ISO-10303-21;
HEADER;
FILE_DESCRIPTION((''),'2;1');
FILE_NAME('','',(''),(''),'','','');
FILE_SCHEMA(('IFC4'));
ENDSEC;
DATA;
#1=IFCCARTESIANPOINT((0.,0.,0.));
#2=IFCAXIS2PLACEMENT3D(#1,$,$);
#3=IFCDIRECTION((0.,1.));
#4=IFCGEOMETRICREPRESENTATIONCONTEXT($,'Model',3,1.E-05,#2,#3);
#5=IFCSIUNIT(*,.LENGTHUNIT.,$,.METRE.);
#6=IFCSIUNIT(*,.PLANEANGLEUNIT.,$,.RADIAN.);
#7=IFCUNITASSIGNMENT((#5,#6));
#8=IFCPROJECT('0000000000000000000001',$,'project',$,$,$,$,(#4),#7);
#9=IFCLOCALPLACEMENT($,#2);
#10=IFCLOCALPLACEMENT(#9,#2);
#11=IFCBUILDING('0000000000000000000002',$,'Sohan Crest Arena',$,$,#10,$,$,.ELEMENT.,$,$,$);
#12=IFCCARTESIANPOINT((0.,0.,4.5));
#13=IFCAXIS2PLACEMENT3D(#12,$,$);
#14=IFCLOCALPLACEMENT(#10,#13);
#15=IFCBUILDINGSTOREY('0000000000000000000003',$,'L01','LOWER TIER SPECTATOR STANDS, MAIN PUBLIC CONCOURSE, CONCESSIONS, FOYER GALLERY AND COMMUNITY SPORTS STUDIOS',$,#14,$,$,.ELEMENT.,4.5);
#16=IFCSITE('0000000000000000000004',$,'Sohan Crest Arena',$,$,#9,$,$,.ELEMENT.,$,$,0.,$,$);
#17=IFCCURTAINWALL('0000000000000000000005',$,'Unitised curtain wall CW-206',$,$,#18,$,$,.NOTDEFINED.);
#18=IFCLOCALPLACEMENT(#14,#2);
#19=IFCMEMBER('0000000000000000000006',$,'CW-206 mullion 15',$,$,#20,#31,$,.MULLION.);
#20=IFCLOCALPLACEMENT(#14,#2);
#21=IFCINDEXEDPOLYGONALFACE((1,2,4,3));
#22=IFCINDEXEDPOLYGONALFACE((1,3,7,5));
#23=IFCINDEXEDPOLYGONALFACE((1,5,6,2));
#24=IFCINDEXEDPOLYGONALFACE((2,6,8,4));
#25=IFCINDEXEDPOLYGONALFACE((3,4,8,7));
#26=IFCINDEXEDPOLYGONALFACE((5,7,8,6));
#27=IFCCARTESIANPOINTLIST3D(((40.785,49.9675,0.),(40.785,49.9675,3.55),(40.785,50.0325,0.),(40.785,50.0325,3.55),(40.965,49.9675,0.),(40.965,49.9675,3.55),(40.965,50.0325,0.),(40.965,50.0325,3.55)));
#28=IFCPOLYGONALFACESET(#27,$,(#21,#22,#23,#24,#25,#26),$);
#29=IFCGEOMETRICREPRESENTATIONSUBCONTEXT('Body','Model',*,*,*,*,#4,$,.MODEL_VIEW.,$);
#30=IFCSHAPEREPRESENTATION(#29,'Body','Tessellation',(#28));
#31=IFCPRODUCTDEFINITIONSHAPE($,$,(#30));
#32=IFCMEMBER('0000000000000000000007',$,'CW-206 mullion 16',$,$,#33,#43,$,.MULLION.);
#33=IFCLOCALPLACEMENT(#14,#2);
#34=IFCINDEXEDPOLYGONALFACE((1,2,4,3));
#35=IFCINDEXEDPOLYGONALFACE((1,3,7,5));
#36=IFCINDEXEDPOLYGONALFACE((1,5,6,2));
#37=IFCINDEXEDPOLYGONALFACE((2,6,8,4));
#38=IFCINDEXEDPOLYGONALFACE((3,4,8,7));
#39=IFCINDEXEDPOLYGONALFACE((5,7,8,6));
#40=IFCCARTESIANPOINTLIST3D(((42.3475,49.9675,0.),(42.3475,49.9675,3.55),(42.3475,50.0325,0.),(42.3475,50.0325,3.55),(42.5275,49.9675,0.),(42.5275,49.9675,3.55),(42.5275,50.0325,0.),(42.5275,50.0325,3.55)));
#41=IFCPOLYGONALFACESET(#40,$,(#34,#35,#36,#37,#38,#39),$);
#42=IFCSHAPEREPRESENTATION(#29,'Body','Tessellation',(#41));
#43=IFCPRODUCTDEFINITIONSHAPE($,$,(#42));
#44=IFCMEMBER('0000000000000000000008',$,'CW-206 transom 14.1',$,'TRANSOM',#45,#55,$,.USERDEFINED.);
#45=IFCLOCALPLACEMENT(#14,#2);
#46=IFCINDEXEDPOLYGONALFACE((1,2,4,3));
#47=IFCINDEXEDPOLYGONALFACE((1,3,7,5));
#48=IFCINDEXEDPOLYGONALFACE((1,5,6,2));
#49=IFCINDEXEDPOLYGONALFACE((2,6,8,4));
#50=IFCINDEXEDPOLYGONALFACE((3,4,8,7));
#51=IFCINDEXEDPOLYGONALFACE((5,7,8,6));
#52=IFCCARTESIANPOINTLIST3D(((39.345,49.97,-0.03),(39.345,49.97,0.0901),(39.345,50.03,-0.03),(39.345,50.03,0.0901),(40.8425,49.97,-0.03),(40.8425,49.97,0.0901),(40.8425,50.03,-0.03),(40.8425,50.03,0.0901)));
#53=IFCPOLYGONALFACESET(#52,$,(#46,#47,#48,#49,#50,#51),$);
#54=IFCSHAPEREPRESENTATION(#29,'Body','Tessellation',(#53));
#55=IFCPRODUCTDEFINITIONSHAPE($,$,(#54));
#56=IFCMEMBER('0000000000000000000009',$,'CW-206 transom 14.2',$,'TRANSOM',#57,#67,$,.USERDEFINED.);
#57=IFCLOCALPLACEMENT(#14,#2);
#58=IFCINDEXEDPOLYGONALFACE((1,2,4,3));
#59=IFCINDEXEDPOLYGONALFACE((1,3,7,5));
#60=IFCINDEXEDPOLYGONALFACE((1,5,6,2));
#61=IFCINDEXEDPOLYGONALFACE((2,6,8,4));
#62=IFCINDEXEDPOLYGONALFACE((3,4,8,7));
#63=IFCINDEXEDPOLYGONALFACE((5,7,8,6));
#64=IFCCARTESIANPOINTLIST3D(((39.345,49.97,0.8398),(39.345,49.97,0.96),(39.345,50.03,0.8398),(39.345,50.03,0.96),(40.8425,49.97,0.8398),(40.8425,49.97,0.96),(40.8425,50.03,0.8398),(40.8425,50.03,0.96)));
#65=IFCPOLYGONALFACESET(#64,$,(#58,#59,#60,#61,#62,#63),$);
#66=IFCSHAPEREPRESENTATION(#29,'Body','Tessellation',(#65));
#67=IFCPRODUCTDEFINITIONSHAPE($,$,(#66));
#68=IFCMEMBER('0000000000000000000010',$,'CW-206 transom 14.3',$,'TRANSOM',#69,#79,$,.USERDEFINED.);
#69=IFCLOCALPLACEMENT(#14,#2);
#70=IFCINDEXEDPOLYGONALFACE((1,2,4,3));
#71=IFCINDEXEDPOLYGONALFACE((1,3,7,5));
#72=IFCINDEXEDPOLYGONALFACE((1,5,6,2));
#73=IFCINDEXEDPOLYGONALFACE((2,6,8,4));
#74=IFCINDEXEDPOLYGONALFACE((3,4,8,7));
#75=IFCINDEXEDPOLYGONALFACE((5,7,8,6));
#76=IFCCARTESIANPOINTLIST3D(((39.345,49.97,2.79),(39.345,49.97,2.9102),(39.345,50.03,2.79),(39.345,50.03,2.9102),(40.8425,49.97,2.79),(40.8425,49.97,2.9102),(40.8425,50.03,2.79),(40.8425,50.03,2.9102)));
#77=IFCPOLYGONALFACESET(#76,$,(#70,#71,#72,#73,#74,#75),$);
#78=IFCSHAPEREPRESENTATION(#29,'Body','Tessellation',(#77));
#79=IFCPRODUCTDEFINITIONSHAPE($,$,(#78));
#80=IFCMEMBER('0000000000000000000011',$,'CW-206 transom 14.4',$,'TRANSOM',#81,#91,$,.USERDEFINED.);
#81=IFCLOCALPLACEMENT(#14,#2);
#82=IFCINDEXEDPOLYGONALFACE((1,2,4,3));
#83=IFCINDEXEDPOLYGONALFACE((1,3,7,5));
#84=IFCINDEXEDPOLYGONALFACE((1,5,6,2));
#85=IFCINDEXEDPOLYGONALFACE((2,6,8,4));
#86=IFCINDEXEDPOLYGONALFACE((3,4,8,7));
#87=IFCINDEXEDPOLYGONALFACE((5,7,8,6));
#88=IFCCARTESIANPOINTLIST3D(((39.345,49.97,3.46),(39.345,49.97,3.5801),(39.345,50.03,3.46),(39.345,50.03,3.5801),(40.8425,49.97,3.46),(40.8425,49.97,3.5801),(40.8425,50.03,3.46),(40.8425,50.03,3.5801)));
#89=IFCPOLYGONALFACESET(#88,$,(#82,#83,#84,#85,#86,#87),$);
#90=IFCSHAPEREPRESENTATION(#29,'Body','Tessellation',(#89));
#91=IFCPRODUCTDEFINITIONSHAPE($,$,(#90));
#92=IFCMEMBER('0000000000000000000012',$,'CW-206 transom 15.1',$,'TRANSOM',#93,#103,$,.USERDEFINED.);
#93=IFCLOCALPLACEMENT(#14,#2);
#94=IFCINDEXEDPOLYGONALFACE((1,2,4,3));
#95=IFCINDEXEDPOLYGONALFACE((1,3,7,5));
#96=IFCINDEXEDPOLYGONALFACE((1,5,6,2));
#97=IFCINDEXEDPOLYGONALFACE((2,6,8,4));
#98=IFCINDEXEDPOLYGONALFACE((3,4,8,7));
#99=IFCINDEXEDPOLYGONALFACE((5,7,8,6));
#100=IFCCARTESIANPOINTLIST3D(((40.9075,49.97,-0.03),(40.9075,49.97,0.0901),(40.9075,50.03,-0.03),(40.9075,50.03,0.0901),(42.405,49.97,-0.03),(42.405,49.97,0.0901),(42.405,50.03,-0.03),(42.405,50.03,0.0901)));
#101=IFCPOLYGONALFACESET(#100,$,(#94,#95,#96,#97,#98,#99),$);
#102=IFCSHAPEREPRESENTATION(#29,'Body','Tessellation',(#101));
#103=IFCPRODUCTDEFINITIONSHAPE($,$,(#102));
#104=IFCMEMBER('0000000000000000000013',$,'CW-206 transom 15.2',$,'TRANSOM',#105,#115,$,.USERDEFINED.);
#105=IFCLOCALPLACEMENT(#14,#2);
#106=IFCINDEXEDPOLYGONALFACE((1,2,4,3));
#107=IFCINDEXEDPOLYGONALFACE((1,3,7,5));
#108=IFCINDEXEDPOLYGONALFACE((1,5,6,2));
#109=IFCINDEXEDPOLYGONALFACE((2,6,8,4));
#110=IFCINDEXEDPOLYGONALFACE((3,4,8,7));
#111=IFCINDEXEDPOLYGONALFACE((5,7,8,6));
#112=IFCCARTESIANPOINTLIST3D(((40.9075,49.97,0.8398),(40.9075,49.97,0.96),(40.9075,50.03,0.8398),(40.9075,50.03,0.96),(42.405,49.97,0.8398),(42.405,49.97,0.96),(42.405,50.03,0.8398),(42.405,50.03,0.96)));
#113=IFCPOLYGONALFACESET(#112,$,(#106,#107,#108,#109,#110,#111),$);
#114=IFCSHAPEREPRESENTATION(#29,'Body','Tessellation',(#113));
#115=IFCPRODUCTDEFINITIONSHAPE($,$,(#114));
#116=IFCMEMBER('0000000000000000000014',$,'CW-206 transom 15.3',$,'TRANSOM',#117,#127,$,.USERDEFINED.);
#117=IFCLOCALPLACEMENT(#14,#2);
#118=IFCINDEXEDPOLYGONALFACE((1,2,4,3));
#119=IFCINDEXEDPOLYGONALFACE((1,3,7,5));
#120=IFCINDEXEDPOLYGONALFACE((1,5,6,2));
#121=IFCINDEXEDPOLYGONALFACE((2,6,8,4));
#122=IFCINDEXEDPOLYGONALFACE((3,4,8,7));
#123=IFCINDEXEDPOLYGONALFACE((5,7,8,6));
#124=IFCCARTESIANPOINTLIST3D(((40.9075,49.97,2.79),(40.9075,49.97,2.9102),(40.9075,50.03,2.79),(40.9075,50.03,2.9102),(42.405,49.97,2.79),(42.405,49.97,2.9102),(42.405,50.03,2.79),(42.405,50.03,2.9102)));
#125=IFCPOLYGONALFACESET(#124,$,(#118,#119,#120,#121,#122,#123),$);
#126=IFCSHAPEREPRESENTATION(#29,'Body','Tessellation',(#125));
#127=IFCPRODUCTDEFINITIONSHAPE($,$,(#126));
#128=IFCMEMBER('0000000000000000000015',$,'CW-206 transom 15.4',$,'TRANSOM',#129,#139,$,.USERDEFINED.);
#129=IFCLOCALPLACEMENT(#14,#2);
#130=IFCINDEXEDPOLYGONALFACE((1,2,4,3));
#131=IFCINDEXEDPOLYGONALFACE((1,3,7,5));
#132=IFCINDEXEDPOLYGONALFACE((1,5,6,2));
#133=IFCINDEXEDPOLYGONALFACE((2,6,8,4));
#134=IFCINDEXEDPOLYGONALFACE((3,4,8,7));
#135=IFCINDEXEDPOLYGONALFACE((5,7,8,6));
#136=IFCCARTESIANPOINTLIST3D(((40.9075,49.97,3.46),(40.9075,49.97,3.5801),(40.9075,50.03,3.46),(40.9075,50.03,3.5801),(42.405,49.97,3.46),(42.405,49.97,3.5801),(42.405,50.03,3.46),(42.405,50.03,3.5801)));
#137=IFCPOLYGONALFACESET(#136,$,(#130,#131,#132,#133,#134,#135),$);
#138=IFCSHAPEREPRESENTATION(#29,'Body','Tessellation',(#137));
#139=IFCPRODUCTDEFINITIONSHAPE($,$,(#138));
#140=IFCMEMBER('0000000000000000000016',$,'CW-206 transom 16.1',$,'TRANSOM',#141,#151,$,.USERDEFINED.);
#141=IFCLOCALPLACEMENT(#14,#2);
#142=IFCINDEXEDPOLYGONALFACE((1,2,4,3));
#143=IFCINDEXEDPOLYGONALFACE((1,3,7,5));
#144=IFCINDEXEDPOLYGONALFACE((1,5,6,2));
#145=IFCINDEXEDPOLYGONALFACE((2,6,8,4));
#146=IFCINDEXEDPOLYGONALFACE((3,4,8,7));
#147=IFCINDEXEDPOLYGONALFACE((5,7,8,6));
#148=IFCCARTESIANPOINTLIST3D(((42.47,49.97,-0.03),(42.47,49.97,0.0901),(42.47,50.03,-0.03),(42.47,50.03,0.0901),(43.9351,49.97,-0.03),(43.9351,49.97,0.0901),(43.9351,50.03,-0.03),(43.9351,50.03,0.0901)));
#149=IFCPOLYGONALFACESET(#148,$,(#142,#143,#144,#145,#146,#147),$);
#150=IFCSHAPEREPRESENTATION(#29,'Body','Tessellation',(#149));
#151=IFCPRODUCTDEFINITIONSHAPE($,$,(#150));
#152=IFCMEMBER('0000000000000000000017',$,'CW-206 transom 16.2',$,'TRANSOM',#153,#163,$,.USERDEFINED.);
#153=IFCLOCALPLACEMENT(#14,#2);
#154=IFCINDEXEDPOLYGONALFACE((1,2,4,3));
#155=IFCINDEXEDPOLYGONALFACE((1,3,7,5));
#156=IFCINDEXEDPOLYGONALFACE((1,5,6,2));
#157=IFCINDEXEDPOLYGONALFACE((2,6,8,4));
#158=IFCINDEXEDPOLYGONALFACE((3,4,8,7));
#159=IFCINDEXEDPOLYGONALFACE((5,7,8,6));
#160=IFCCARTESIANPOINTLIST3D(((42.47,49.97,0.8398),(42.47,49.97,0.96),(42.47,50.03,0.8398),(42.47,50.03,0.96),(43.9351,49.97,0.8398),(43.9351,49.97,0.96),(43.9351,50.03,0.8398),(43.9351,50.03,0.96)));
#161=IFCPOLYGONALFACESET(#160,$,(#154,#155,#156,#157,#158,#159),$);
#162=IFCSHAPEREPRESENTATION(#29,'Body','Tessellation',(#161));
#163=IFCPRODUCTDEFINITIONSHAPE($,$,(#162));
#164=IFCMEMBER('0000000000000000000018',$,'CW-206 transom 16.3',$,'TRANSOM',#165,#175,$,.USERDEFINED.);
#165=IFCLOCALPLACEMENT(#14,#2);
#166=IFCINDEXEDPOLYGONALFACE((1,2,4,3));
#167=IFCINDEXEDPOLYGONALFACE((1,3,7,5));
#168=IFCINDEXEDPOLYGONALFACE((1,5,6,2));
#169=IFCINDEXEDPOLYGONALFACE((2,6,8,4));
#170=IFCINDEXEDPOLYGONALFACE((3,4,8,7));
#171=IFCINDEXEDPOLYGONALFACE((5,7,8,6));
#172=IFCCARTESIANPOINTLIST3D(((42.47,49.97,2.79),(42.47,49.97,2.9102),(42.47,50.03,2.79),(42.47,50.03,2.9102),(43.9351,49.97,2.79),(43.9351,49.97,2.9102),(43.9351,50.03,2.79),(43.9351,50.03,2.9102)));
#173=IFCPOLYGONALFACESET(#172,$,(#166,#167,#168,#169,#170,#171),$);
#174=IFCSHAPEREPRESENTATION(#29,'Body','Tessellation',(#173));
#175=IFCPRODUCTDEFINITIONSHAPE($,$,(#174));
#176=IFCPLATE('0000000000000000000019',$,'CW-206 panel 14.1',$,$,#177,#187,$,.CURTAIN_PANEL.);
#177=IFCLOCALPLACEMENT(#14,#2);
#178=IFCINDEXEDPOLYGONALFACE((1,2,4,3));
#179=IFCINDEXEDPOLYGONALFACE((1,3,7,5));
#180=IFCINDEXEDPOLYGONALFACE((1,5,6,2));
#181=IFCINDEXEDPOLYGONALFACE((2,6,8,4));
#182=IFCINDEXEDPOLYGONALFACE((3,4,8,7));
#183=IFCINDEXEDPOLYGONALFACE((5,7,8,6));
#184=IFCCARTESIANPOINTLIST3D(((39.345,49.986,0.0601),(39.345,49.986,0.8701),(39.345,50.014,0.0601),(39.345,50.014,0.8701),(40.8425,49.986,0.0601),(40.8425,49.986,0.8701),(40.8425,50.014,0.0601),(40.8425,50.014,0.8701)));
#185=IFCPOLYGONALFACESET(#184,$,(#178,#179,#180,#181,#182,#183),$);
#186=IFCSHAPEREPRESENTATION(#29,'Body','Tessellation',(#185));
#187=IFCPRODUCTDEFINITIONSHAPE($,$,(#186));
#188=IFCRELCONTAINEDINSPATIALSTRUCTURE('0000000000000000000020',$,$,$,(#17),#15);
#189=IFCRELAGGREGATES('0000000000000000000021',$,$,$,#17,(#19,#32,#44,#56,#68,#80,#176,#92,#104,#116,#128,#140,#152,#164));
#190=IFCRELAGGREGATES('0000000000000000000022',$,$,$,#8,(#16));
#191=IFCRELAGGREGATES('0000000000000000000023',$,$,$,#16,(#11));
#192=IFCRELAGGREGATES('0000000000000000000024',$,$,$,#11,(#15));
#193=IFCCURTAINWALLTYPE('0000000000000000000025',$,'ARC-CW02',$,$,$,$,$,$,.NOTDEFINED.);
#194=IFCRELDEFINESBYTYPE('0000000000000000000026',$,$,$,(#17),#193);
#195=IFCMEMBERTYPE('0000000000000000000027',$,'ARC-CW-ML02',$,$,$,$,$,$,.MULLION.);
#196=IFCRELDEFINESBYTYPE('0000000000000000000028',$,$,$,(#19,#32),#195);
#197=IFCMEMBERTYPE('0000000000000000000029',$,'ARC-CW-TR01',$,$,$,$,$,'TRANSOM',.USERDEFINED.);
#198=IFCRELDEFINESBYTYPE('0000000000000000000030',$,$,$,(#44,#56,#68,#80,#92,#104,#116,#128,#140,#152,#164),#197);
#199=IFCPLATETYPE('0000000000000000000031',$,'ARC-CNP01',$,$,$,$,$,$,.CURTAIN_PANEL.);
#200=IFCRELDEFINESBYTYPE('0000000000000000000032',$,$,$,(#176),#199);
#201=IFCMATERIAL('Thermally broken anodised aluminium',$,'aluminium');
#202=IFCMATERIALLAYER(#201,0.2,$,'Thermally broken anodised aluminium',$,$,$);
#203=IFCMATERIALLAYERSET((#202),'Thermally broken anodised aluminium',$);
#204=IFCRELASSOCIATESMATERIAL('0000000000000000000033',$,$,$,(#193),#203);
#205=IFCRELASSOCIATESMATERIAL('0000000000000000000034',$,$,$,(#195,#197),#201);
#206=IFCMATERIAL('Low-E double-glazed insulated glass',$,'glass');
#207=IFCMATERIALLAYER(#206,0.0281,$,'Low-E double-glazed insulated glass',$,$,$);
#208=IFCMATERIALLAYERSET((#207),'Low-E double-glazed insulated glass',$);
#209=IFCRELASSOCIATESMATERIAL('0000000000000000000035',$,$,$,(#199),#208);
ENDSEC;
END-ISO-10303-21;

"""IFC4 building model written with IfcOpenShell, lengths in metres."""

from ifc_helpers import new_model, si_unit, direction, frame, origin, origin_2d, place, context, subcontext, project, spatial, rectangle, extrude, material, layer, layer_set, material_profile, profile_set, type_object, element, aggregate, save


model = new_model("IFC4")

# Units and contexts
model_context = context("Model", 3, precision=1e-05, world=origin(), true_north=direction((0.0, 1.0)))
body_context = subcontext(model_context, "Body", "Model", "MODEL_VIEW")
ifc_project = project(units=[si_unit("LENGTHUNIT", "METRE"), si_unit("PLANEANGLEUNIT", "RADIAN")], contexts=[model_context])

# Site, building, storey
site_placement = place(None, origin())
site = spatial("IfcSite", under=ifc_project, at=site_placement, Name="Sohan Crest Arena", CompositionType="ELEMENT", RefElevation=0.0)
building_placement = place(site_placement, origin())
building = spatial("IfcBuilding", under=site, at=building_placement, Name="Sohan Crest Arena", CompositionType="ELEMENT")
storey_placement = place(building_placement, frame((0.0, 0.0, 4.5)))
storey = spatial("IfcBuildingStorey", under=building, at=storey_placement, Name="L01", Description="LOWER TIER SPECTATOR STANDS, MAIN PUBLIC CONCOURSE, CONCESSIONS, FOYER GALLERY AND COMMUNITY SPORTS STUDIOS", CompositionType="ELEMENT", Elevation=4.5)

# Curtain wall, members, plate
ifc_material_1 = material(Name="Thermally broken anodised aluminium", Category="aluminium")
ifc_layer_1 = layer(ifc_material_1, 0.2, Name="Thermally broken anodised aluminium")
ifc_layer_set_1 = layer_set([ifc_layer_1], Name="Thermally broken anodised aluminium")
curtain_wall_type = type_object("IfcCurtainWallType", Name="ARC-CW02", PredefinedType="NOTDEFINED", material=ifc_layer_set_1)
curtain_wall_placement = place(storey_placement, origin())
curtain_wall = element("IfcCurtainWall", 1, at=curtain_wall_placement, inside=storey, type_object=curtain_wall_type, Name="Unitised curtain wall CW-206", PredefinedType="NOTDEFINED")
ifc_material_profile_1 = material_profile(ifc_material_1, rectangle(XDim=0.0649, YDim=0.1799, at=origin_2d()), Name="ALU-MULL 65x180")
ifc_profile_set_1 = profile_set([ifc_material_profile_1], Name="Thermally broken anodised aluminium")
member_type_1 = type_object("IfcMemberType", Name="ARC-CW-ML02", PredefinedType="MULLION", material=ifc_profile_set_1)
member_1_placement = place(storey_placement, frame((40.875, 50.0, 0.0), z_axis=(0.0, 0.0, 1.0), x_axis=(0.0, 1.0, 0.0)))
member_1 = element("IfcMember", 2, at=member_1_placement, type_object=member_type_1, Name="CW-206 mullion 15", PredefinedType="MULLION", context=body_context, shape_type="SweptSolid", body=[
    extrude(rectangle(XDim=0.0649, YDim=0.1799, at=origin_2d()), origin(), (0.0, 0.0, 1.0), 3.55),
])
member_2_placement = place(storey_placement, frame((42.4375, 50.0, 0.0), z_axis=(0.0, 0.0, 1.0), x_axis=(0.0, 1.0, 0.0)))
member_2 = element("IfcMember", 3, at=member_2_placement, type_object=member_type_1, Name="CW-206 mullion 16", PredefinedType="MULLION", context=body_context, shape_type="SweptSolid", body=[
    extrude(rectangle(XDim=0.0649, YDim=0.1799, at=origin_2d()), origin(), (0.0, 0.0, 1.0), 3.55),
])
ifc_material_profile_2 = material_profile(ifc_material_1, rectangle(XDim=0.0601, YDim=0.1201, at=origin_2d()), Name="ALU-TRAN 60x120")
ifc_profile_set_2 = profile_set([ifc_material_profile_2], Name="Thermally broken anodised aluminium")
member_type_2 = type_object("IfcMemberType", Name="ARC-CW-TR01", ElementType="TRANSOM", PredefinedType="USERDEFINED", material=ifc_profile_set_2)
member_3_placement = place(storey_placement, frame((39.345, 50.0, 0.03), z_axis=(1.0, 0.0, 0.0), x_axis=(0.0, 1.0, 0.0)))
member_3 = element("IfcMember", 4, at=member_3_placement, type_object=member_type_2, Name="CW-206 transom 14.1", ObjectType="TRANSOM", PredefinedType="USERDEFINED", context=body_context, shape_type="SweptSolid", body=[
    extrude(rectangle(XDim=0.0601, YDim=0.1201, at=origin_2d()), origin(), (0.0, 0.0, 1.0), 1.4976),
])
member_4_placement = place(storey_placement, frame((39.345, 50.0, 0.8999), z_axis=(1.0, 0.0, 0.0), x_axis=(0.0, 1.0, 0.0)))
member_4 = element("IfcMember", 5, at=member_4_placement, type_object=member_type_2, Name="CW-206 transom 14.2", ObjectType="TRANSOM", PredefinedType="USERDEFINED", context=body_context, shape_type="SweptSolid", body=[
    extrude(rectangle(XDim=0.0601, YDim=0.1201, at=origin_2d()), origin(), (0.0, 0.0, 1.0), 1.4976),
])
member_5_placement = place(storey_placement, frame((39.345, 50.0, 2.8501), z_axis=(1.0, 0.0, 0.0), x_axis=(0.0, 1.0, 0.0)))
member_5 = element("IfcMember", 6, at=member_5_placement, type_object=member_type_2, Name="CW-206 transom 14.3", ObjectType="TRANSOM", PredefinedType="USERDEFINED", context=body_context, shape_type="SweptSolid", body=[
    extrude(rectangle(XDim=0.0601, YDim=0.1201, at=origin_2d()), origin(), (0.0, 0.0, 1.0), 1.4976),
])
member_6_placement = place(storey_placement, frame((39.345, 50.0, 3.52), z_axis=(1.0, 0.0, 0.0), x_axis=(0.0, 1.0, 0.0)))
member_6 = element("IfcMember", 7, at=member_6_placement, type_object=member_type_2, Name="CW-206 transom 14.4", ObjectType="TRANSOM", PredefinedType="USERDEFINED", context=body_context, shape_type="SweptSolid", body=[
    extrude(rectangle(XDim=0.0601, YDim=0.1201, at=origin_2d()), origin(), (0.0, 0.0, 1.0), 1.4976),
])
member_7_placement = place(storey_placement, frame((40.9075, 50.0, 0.03), z_axis=(1.0, 0.0, 0.0), x_axis=(0.0, 1.0, 0.0)))
member_7 = element("IfcMember", 8, at=member_7_placement, type_object=member_type_2, Name="CW-206 transom 15.1", ObjectType="TRANSOM", PredefinedType="USERDEFINED", context=body_context, shape_type="SweptSolid", body=[
    extrude(rectangle(XDim=0.0601, YDim=0.1201, at=origin_2d()), origin(), (0.0, 0.0, 1.0), 1.4976),
])
member_8_placement = place(storey_placement, frame((40.9075, 50.0, 0.8999), z_axis=(1.0, 0.0, 0.0), x_axis=(0.0, 1.0, 0.0)))
member_8 = element("IfcMember", 9, at=member_8_placement, type_object=member_type_2, Name="CW-206 transom 15.2", ObjectType="TRANSOM", PredefinedType="USERDEFINED", context=body_context, shape_type="SweptSolid", body=[
    extrude(rectangle(XDim=0.0601, YDim=0.1201, at=origin_2d()), origin(), (0.0, 0.0, 1.0), 1.4976),
])
member_9_placement = place(storey_placement, frame((40.9075, 50.0, 2.8501), z_axis=(1.0, 0.0, 0.0), x_axis=(0.0, 1.0, 0.0)))
member_9 = element("IfcMember", 10, at=member_9_placement, type_object=member_type_2, Name="CW-206 transom 15.3", ObjectType="TRANSOM", PredefinedType="USERDEFINED", context=body_context, shape_type="SweptSolid", body=[
    extrude(rectangle(XDim=0.0601, YDim=0.1201, at=origin_2d()), origin(), (0.0, 0.0, 1.0), 1.4976),
])
member_10_placement = place(storey_placement, frame((40.9075, 50.0, 3.52), z_axis=(1.0, 0.0, 0.0), x_axis=(0.0, 1.0, 0.0)))
member_10 = element("IfcMember", 11, at=member_10_placement, type_object=member_type_2, Name="CW-206 transom 15.4", ObjectType="TRANSOM", PredefinedType="USERDEFINED", context=body_context, shape_type="SweptSolid", body=[
    extrude(rectangle(XDim=0.0601, YDim=0.1201, at=origin_2d()), origin(), (0.0, 0.0, 1.0), 1.4976),
])
member_11_placement = place(storey_placement, frame((42.47, 50.0, 0.03), z_axis=(1.0, 0.0, 0.0), x_axis=(0.0, 1.0, 0.0)))
member_11 = element("IfcMember", 12, at=member_11_placement, type_object=member_type_2, Name="CW-206 transom 16.1", ObjectType="TRANSOM", PredefinedType="USERDEFINED", context=body_context, shape_type="SweptSolid", body=[
    extrude(rectangle(XDim=0.0601, YDim=0.1201, at=origin_2d()), origin(), (0.0, 0.0, 1.0), 1.4651),
])
member_12_placement = place(storey_placement, frame((42.47, 50.0, 0.8999), z_axis=(1.0, 0.0, 0.0), x_axis=(0.0, 1.0, 0.0)))
member_12 = element("IfcMember", 13, at=member_12_placement, type_object=member_type_2, Name="CW-206 transom 16.2", ObjectType="TRANSOM", PredefinedType="USERDEFINED", context=body_context, shape_type="SweptSolid", body=[
    extrude(rectangle(XDim=0.0601, YDim=0.1201, at=origin_2d()), origin(), (0.0, 0.0, 1.0), 1.4651),
])
member_13_placement = place(storey_placement, frame((42.47, 50.0, 2.8501), z_axis=(1.0, 0.0, 0.0), x_axis=(0.0, 1.0, 0.0)))
member_13 = element("IfcMember", 14, at=member_13_placement, type_object=member_type_2, Name="CW-206 transom 16.3", ObjectType="TRANSOM", PredefinedType="USERDEFINED", context=body_context, shape_type="SweptSolid", body=[
    extrude(rectangle(XDim=0.0601, YDim=0.1201, at=origin_2d()), origin(), (0.0, 0.0, 1.0), 1.4651),
])
ifc_material_2 = material(Name="Low-E double-glazed insulated glass", Category="glass")
ifc_layer_2 = layer(ifc_material_2, 0.0281, Name="Low-E double-glazed insulated glass")
ifc_layer_set_2 = layer_set([ifc_layer_2], Name="Low-E double-glazed insulated glass")
plate_type = type_object("IfcPlateType", Name="ARC-CNP01", PredefinedType="CURTAIN_PANEL", material=ifc_layer_set_2)
plate_1_placement = place(storey_placement, frame((40.0938, 50.0, 0.0601), z_axis=(0.0, 0.0, 1.0), x_axis=(1.0, 0.0, 0.0)))
plate_1 = element("IfcPlate", 15, at=plate_1_placement, type_object=plate_type, Name="CW-206 panel 14.1", PredefinedType="CURTAIN_PANEL", context=body_context, shape_type="SweptSolid", body=[
    extrude(rectangle(XDim=1.4976, YDim=0.0281, at=origin_2d()), origin(), (0.0, 0.0, 1.0), 0.8101),
])
aggregate(curtain_wall, [member_1, member_2, member_3, member_4, member_5, member_6, plate_1, member_7, member_8, member_9, member_10, member_11, member_12, member_13])

save(model, "model.ifc")
